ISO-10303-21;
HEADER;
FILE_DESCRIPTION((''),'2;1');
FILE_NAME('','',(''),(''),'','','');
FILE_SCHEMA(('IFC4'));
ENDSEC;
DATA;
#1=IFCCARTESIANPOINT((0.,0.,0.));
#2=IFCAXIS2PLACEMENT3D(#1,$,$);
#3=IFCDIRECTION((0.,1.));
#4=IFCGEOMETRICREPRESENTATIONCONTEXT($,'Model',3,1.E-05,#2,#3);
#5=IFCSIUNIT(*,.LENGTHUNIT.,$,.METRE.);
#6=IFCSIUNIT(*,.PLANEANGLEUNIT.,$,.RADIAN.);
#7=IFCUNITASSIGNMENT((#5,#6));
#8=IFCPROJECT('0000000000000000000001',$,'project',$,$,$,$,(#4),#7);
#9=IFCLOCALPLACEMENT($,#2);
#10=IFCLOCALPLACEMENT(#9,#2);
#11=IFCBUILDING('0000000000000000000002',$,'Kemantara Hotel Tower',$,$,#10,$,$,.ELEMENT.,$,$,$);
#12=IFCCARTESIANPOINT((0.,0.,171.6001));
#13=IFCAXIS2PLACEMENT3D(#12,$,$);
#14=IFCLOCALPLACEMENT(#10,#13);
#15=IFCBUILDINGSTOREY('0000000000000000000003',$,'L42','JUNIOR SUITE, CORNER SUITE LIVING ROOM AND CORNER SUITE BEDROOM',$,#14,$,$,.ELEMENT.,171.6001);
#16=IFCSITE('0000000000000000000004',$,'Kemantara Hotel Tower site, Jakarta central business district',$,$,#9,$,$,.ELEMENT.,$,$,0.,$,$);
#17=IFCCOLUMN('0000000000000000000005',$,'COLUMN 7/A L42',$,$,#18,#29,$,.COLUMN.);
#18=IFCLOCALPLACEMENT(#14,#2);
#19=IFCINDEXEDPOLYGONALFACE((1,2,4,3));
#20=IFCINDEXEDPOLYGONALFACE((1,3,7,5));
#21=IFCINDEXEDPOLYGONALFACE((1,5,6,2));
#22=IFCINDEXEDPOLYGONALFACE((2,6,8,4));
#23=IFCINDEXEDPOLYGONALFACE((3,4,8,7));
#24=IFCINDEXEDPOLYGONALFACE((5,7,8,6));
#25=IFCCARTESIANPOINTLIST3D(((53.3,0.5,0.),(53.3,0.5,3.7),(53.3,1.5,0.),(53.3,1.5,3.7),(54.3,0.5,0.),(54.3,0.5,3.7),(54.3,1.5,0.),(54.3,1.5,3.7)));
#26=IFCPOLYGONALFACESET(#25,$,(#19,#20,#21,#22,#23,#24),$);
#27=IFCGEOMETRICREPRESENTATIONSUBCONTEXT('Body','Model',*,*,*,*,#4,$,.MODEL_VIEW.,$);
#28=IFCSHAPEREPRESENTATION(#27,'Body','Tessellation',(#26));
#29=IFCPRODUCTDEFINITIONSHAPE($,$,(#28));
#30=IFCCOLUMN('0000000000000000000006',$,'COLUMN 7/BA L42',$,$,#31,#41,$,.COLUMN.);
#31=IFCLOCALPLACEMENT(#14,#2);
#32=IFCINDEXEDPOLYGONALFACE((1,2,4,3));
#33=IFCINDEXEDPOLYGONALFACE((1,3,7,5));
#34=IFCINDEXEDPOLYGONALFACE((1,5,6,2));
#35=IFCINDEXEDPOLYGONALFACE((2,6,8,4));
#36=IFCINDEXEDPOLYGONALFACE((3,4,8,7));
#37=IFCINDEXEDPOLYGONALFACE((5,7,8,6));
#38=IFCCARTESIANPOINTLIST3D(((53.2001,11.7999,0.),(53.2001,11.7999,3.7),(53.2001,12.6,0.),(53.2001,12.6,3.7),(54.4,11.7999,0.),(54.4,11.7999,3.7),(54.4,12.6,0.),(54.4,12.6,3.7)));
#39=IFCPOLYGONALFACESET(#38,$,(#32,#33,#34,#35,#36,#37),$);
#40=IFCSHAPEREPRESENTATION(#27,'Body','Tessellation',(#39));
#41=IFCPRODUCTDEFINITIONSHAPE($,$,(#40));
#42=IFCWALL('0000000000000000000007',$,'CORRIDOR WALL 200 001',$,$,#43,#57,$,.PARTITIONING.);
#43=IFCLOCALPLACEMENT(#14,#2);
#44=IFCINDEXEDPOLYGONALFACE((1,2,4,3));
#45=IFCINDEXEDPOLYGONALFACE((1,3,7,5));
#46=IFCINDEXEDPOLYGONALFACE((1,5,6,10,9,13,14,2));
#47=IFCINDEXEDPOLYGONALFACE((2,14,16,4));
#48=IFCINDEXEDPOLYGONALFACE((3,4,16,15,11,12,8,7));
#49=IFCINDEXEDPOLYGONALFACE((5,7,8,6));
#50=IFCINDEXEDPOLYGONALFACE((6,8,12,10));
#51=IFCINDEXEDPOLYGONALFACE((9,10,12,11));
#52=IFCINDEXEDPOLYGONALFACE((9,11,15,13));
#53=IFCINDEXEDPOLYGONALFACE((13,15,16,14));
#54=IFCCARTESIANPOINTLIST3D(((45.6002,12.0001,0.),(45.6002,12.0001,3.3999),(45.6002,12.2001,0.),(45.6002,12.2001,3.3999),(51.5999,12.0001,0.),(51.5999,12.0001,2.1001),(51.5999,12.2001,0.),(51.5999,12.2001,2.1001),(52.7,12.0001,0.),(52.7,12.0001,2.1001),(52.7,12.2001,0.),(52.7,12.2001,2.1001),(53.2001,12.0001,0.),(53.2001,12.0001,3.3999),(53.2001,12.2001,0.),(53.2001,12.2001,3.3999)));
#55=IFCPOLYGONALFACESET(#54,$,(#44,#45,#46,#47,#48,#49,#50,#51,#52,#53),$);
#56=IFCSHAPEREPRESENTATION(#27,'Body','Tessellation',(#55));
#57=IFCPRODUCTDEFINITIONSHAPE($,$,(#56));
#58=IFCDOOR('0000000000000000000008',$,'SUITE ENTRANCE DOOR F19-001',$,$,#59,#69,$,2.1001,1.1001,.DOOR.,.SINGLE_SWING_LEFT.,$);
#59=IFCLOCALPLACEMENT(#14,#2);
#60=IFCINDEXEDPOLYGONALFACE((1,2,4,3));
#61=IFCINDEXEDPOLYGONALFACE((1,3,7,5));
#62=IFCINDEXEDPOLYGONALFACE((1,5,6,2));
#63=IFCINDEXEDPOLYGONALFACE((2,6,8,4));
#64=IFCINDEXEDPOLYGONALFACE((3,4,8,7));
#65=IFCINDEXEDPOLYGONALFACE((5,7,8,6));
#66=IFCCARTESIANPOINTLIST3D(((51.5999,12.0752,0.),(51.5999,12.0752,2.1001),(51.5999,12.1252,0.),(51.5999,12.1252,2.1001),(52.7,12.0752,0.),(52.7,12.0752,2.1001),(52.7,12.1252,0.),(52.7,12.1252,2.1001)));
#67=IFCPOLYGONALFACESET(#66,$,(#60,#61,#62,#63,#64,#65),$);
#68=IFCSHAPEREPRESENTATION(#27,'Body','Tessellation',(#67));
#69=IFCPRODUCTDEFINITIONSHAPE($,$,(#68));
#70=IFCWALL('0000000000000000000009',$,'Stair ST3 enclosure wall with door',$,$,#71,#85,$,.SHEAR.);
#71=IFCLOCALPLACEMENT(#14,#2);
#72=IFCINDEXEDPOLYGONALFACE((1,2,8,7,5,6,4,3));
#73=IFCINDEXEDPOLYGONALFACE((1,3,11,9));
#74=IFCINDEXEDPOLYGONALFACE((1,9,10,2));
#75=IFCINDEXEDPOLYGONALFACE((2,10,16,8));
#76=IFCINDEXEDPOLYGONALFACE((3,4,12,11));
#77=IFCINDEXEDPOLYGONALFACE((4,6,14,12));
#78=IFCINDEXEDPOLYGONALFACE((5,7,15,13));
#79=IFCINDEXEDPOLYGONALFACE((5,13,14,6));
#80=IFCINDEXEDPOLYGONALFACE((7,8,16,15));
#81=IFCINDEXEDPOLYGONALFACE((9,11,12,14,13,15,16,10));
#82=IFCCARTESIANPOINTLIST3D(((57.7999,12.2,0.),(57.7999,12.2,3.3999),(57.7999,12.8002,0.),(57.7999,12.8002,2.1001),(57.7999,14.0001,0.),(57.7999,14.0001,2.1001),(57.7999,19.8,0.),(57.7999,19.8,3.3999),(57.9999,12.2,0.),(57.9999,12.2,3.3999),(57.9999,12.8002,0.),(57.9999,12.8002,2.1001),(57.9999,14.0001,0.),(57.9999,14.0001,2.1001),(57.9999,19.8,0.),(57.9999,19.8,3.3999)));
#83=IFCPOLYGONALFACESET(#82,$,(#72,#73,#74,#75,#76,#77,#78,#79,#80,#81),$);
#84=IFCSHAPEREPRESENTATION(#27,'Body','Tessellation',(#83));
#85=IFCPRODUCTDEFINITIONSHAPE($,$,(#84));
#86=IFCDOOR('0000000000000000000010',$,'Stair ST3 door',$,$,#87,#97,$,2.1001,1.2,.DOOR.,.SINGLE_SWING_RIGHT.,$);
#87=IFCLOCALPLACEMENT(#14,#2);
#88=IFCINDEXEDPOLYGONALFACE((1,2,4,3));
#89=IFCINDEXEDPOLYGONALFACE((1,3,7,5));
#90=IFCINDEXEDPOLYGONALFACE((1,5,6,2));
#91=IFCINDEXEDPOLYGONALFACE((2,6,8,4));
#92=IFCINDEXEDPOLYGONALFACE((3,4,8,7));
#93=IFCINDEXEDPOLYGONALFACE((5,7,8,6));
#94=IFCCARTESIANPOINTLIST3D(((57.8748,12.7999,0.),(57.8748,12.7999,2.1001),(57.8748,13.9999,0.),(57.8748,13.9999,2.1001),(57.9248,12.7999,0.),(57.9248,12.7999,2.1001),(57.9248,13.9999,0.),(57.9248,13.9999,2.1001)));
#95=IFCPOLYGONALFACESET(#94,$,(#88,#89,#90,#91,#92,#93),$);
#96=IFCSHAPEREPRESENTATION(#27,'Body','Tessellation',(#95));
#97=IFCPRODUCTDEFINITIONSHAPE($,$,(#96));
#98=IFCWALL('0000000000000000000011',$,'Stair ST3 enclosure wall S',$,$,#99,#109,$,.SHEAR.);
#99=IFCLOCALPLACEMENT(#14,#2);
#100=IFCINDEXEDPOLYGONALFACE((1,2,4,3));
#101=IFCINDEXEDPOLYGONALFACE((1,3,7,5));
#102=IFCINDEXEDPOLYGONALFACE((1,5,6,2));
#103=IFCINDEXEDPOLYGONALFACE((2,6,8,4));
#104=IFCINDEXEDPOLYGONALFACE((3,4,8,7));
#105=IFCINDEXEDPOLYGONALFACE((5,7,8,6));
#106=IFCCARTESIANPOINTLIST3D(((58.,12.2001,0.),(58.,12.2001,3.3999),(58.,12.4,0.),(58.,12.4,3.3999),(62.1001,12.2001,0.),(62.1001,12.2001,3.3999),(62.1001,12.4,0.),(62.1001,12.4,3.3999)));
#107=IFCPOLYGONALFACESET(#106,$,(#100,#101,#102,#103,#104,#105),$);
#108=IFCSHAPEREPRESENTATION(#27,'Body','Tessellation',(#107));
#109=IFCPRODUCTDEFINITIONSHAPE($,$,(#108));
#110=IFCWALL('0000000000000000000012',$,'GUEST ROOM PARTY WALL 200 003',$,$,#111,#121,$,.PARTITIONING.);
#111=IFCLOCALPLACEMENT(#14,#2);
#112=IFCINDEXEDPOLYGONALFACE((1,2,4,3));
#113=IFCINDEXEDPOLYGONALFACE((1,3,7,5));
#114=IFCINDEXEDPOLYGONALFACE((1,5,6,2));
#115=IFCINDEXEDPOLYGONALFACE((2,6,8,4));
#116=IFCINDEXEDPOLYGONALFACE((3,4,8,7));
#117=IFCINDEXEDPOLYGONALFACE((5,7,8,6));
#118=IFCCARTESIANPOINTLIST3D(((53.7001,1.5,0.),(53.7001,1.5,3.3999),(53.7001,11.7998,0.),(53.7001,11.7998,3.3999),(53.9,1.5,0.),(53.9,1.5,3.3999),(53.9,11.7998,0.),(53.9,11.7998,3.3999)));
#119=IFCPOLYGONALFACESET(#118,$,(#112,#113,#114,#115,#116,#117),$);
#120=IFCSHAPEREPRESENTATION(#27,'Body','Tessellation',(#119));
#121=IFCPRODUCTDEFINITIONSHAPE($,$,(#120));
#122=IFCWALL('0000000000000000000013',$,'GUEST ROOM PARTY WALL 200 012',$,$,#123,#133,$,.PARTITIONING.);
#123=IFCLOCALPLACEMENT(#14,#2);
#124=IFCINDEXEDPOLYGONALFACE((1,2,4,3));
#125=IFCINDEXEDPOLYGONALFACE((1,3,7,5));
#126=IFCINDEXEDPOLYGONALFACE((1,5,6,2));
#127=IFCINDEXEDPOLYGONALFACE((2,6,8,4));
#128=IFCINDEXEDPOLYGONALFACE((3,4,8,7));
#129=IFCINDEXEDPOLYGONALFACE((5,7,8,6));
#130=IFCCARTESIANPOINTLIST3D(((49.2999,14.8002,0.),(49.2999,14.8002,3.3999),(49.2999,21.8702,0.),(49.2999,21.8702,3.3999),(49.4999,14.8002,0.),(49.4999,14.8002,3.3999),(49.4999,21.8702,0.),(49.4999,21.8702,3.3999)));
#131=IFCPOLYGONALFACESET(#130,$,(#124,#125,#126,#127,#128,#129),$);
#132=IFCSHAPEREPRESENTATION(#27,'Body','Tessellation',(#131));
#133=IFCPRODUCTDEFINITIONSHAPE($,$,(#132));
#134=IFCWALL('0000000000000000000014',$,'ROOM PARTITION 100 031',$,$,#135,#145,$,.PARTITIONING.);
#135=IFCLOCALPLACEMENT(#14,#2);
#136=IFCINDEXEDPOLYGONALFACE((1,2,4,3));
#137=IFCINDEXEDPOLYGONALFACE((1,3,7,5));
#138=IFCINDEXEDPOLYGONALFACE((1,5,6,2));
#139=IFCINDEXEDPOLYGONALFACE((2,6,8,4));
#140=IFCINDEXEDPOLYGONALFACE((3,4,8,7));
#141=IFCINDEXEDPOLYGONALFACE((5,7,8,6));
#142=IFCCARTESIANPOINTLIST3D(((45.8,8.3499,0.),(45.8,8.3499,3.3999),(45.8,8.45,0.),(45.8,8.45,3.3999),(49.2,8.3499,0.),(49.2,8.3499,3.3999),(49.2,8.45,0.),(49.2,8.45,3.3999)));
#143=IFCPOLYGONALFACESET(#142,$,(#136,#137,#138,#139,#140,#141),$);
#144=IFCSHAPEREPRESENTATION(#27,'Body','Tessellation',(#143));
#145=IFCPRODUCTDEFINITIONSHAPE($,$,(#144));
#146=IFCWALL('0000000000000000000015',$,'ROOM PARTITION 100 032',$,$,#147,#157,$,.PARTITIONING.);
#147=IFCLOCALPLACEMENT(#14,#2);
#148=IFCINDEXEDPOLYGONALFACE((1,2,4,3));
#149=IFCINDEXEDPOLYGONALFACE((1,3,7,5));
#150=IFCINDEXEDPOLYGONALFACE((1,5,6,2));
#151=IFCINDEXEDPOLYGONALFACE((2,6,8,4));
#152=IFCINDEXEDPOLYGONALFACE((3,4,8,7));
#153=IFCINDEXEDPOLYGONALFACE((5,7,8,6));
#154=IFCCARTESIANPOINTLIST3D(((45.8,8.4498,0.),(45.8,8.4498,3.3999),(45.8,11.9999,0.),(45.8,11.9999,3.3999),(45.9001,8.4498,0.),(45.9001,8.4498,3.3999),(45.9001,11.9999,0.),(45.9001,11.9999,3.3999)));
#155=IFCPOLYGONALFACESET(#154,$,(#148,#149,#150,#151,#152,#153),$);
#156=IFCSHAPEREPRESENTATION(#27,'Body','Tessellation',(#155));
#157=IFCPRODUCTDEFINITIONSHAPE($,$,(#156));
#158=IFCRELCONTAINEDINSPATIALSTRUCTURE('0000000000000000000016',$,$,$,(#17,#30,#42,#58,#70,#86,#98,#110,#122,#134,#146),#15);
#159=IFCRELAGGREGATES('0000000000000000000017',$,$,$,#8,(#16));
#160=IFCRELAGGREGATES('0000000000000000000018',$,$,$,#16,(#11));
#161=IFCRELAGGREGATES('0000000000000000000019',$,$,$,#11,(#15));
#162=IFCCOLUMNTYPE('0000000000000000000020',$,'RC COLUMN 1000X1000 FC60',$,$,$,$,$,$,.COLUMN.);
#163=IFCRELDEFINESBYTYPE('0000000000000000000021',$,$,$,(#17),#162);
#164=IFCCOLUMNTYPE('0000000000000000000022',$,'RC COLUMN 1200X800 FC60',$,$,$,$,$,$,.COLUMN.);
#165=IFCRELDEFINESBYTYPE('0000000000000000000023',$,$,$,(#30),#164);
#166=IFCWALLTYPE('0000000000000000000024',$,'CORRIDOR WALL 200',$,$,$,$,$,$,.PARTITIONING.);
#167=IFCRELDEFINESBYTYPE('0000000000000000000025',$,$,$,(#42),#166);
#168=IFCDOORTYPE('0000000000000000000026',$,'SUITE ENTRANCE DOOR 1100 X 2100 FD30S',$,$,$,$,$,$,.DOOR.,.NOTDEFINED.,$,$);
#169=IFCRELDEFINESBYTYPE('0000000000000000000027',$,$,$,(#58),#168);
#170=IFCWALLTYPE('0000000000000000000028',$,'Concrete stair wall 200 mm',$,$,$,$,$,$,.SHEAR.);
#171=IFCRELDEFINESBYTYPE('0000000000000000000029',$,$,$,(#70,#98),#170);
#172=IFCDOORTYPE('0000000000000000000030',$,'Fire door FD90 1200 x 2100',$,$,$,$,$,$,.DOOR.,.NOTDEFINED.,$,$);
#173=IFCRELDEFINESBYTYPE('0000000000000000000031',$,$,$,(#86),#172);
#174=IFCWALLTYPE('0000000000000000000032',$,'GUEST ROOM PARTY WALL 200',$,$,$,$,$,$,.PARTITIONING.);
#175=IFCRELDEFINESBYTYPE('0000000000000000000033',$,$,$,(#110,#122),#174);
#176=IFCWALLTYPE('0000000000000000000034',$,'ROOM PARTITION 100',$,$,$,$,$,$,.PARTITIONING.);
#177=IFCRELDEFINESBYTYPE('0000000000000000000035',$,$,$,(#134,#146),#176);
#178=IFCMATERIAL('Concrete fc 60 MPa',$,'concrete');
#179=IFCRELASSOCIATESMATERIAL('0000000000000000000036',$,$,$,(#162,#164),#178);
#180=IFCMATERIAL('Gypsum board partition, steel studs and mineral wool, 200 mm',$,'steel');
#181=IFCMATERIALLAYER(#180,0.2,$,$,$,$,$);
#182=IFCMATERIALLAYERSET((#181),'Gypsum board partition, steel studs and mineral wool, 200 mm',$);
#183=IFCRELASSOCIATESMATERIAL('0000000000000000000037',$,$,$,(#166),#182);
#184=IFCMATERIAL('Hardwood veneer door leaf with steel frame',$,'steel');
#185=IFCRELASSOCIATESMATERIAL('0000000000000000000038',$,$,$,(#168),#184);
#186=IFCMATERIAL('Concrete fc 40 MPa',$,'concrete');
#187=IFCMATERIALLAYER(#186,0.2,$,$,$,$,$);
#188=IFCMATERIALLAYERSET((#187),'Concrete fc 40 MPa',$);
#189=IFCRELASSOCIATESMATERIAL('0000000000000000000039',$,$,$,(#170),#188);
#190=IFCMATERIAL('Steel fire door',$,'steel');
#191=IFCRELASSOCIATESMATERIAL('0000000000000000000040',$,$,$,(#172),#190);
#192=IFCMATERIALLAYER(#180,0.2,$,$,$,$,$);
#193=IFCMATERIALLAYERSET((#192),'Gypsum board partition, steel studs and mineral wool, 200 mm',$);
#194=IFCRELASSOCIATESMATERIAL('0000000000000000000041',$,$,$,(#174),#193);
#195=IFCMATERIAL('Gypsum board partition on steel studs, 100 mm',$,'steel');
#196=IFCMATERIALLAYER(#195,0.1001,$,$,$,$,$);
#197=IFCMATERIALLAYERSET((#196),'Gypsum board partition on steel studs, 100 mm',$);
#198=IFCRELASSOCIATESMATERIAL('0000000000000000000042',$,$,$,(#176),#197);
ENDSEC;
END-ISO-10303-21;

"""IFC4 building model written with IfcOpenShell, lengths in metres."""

from ifc_helpers import new_model, si_unit, direction, frame, frame_2d, origin, origin_2d, place, context, subcontext, project, spatial, rectangle, extrude, material, layer, layer_set, material_profile, profile_set, type_object, element, fill, save


model = new_model("IFC4")

# Units and contexts
model_context = context("Model", 3, precision=1e-05, world=origin(), true_north=direction((0.0, 1.0)))
body_context = subcontext(model_context, "Body", "Model", "MODEL_VIEW")
ifc_project = project(units=[si_unit("LENGTHUNIT", "METRE"), si_unit("PLANEANGLEUNIT", "RADIAN")], contexts=[model_context])

# Site, building, storey
site_placement = place(None, origin())
site = spatial("IfcSite", under=ifc_project, at=site_placement, Name="Kemantara Hotel Tower site, Jakarta central business district", CompositionType="ELEMENT", RefElevation=0.0)
building_placement = place(site_placement, origin())
building = spatial("IfcBuilding", under=site, at=building_placement, Name="Kemantara Hotel Tower", CompositionType="ELEMENT")
storey_placement = place(building_placement, frame((0.0, 0.0, 171.6001)))
storey = spatial("IfcBuildingStorey", under=building, at=storey_placement, Name="L42", Description="JUNIOR SUITE, CORNER SUITE LIVING ROOM AND CORNER SUITE BEDROOM", CompositionType="ELEMENT", Elevation=171.6001)

# Columns
ifc_material_1 = material(Name="Concrete fc 60 MPa", Category="concrete")
ifc_material_profile_1 = material_profile(ifc_material_1, rectangle(XDim=1.0, YDim=1.0, at=origin_2d()), Name="RC 1000X1000")
ifc_profile_set_1 = profile_set([ifc_material_profile_1], Name="Concrete fc 60 MPa")
column_type_1 = type_object("IfcColumnType", Name="RC COLUMN 1000X1000 FC60", PredefinedType="COLUMN", material=ifc_profile_set_1)
column_1_placement = place(storey_placement, frame((53.8, 1.0, 0.0), z_axis=(0.0, 0.0, 1.0), x_axis=(1.0, 0.0, 0.0)))
element("IfcColumn", 1, at=column_1_placement, inside=storey, type_object=column_type_1, Name="COLUMN 7/A L42", PredefinedType="COLUMN", context=body_context, shape_type="SweptSolid", body=[
    extrude(rectangle(XDim=1.0, YDim=1.0, at=origin_2d()), origin(), (0.0, 0.0, 1.0), 3.7),
])
ifc_material_profile_2 = material_profile(ifc_material_1, rectangle(XDim=1.2, YDim=0.8, at=origin_2d()), Name="RC 1200X800")
ifc_profile_set_2 = profile_set([ifc_material_profile_2], Name="Concrete fc 60 MPa")
column_type_2 = type_object("IfcColumnType", Name="RC COLUMN 1200X800 FC60", PredefinedType="COLUMN", material=ifc_profile_set_2)
column_2_placement = place(storey_placement, frame((53.8, 12.2, 0.0), z_axis=(0.0, 0.0, 1.0), x_axis=(1.0, 0.0, 0.0)))
element("IfcColumn", 2, at=column_2_placement, inside=storey, type_object=column_type_2, Name="COLUMN 7/BA L42", PredefinedType="COLUMN", context=body_context, shape_type="SweptSolid", body=[
    extrude(rectangle(XDim=1.2, YDim=0.8, at=origin_2d()), origin(), (0.0, 0.0, 1.0), 3.7),
])

# Walls, openings, doors
ifc_material_2 = material(Name="Gypsum board partition, steel studs and mineral wool, 200 mm", Category="steel")
ifc_layer_1 = layer(ifc_material_2, 0.2)
ifc_layer_set_1 = layer_set([ifc_layer_1], Name="Gypsum board partition, steel studs and mineral wool, 200 mm")
wall_type_1 = type_object("IfcWallType", Name="CORRIDOR WALL 200", PredefinedType="PARTITIONING", material=ifc_layer_set_1)
wall_1_placement = place(storey_placement, frame((53.2, 12.1001, 0.0), z_axis=(0.0, 0.0, 1.0), x_axis=(-1.0, 0.0, 0.0)))
wall_1 = element("IfcWall", 3, at=wall_1_placement, inside=storey, type_object=wall_type_1, Name="CORRIDOR WALL 200 001", PredefinedType="PARTITIONING", context=body_context, shape_type="SweptSolid", body=[
    extrude(rectangle(XDim=7.5999, YDim=0.2, at=frame_2d((3.7998, 0.0))), origin(), (0.0, 0.0, 1.0), 3.3999),
])
opening_1_placement = place(wall_1_placement, frame((0.5, 0.0, 0.0)))
opening_1 = element("IfcOpeningElement", 4, at=opening_1_placement, cuts=wall_1, PredefinedType="OPENING", context=body_context, shape_type="SweptSolid", body=[
    extrude(rectangle(XDim=1.1001, YDim=2.1001, at=frame_2d((0.55, 1.05))), frame((0.0, 0.1099, 0.0), z_axis=(0.0, -1.0, 0.0), x_axis=(1.0, 0.0, 0.0)), (0.0, 0.0, 1.0), 0.22),
])
ifc_material_3 = material(Name="Hardwood veneer door leaf with steel frame", Category="steel")
door_type_1 = type_object("IfcDoorType", Name="SUITE ENTRANCE DOOR 1100 X 2100 FD30S", OperationType="NOTDEFINED", PredefinedType="DOOR", material=ifc_material_3)
door_1_placement = place(opening_1_placement, origin())
door_1 = element("IfcDoor", 5, at=door_1_placement, inside=storey, type_object=door_type_1, Name="SUITE ENTRANCE DOOR F19-001", OperationType="SINGLE_SWING_LEFT", OverallHeight=2.1001, OverallWidth=1.1001, PredefinedType="DOOR", context=body_context, shape_type="SweptSolid", body=[
    extrude(rectangle(XDim=1.1001, YDim=2.1001, at=frame_2d((0.55, 1.05))), frame((0.0, 0.0249, 0.0), z_axis=(0.0, -1.0, 0.0), x_axis=(1.0, 0.0, 0.0)), (0.0, 0.0, 1.0), 0.05),
])
fill(opening_1, door_1)
ifc_material_4 = material(Name="Concrete fc 40 MPa", Category="concrete")
ifc_layer_2 = layer(ifc_material_4, 0.2)
ifc_layer_set_2 = layer_set([ifc_layer_2], Name="Concrete fc 40 MPa")
wall_type_2 = type_object("IfcWallType", Name="Concrete stair wall 200 mm", PredefinedType="SHEAR", material=ifc_layer_set_2)
wall_2_placement = place(storey_placement, frame((57.8999, 12.2, 0.0), z_axis=(0.0, 0.0, 1.0), x_axis=(0.0, 1.0, 0.0)))
wall_2 = element("IfcWall", 6, at=wall_2_placement, inside=storey, type_object=wall_type_2, Name="Stair ST3 enclosure wall with door", PredefinedType="SHEAR", context=body_context, shape_type="SweptSolid", body=[
    extrude(rectangle(XDim=7.6001, YDim=0.2, at=frame_2d((3.8, 0.0))), origin(), (0.0, 0.0, 1.0), 3.3999),
])
opening_2_placement = place(wall_2_placement, frame((0.6001, 0.0, 0.0)))
opening_2 = element("IfcOpeningElement", 7, at=opening_2_placement, cuts=wall_2, PredefinedType="OPENING", context=body_context, shape_type="SweptSolid", body=[
    extrude(rectangle(XDim=1.2, YDim=2.1001, at=frame_2d((0.6001, 1.05))), frame((0.0, 0.1099, 0.0), z_axis=(0.0, -1.0, 0.0), x_axis=(1.0, 0.0, 0.0)), (0.0, 0.0, 1.0), 0.22),
])
ifc_material_5 = material(Name="Steel fire door", Category="steel")
door_type_2 = type_object("IfcDoorType", Name="Fire door FD90 1200 x 2100", OperationType="NOTDEFINED", PredefinedType="DOOR", material=ifc_material_5)
door_2_placement = place(opening_2_placement, frame((1.2, 0.0, 0.0), z_axis=(0.0, 0.0, 1.0), x_axis=(-1.0, 0.0, 0.0)))
door_2 = element("IfcDoor", 8, at=door_2_placement, inside=storey, type_object=door_type_2, Name="Stair ST3 door", OperationType="SINGLE_SWING_RIGHT", OverallHeight=2.1001, OverallWidth=1.2, PredefinedType="DOOR", context=body_context, shape_type="SweptSolid", body=[
    extrude(rectangle(XDim=1.2, YDim=2.1001, at=frame_2d((0.6001, 1.05))), frame((0.0, 0.0249, 0.0), z_axis=(0.0, -1.0, 0.0), x_axis=(1.0, 0.0, 0.0)), (0.0, 0.0, 1.0), 0.05),
])
fill(opening_2, door_2)

# Walls
wall_3_placement = place(storey_placement, frame((58.0, 12.3, 0.0), z_axis=(0.0, 0.0, 1.0), x_axis=(1.0, 0.0, 0.0)))
element("IfcWall", 9, at=wall_3_placement, inside=storey, type_object=wall_type_2, Name="Stair ST3 enclosure wall S", PredefinedType="SHEAR", context=body_context, shape_type="SweptSolid", body=[
    extrude(rectangle(XDim=4.1001, YDim=0.2, at=frame_2d((2.05, 0.0))), origin(), (0.0, 0.0, 1.0), 3.3999),
])
ifc_layer_3 = layer(ifc_material_2, 0.2)
ifc_layer_set_3 = layer_set([ifc_layer_3], Name="Gypsum board partition, steel studs and mineral wool, 200 mm")
wall_type_3 = type_object("IfcWallType", Name="GUEST ROOM PARTY WALL 200", PredefinedType="PARTITIONING", material=ifc_layer_set_3)
wall_4_placement = place(storey_placement, frame((53.8, 1.5, 0.0), z_axis=(0.0, 0.0, 1.0), x_axis=(0.0, 1.0, 0.0)))
element("IfcWall", 10, at=wall_4_placement, inside=storey, type_object=wall_type_3, Name="GUEST ROOM PARTY WALL 200 003", PredefinedType="PARTITIONING", context=body_context, shape_type="SweptSolid", body=[
    extrude(rectangle(XDim=10.2998, YDim=0.2, at=frame_2d((5.1499, 0.0))), origin(), (0.0, 0.0, 1.0), 3.3999),
])
wall_5_placement = place(storey_placement, frame((49.3999, 14.8, 0.0), z_axis=(0.0, 0.0, 1.0), x_axis=(0.0, 1.0, 0.0)))
element("IfcWall", 11, at=wall_5_placement, inside=storey, type_object=wall_type_3, Name="GUEST ROOM PARTY WALL 200 012", PredefinedType="PARTITIONING", context=body_context, shape_type="SweptSolid", body=[
    extrude(rectangle(XDim=7.0701, YDim=0.2, at=frame_2d((3.5352, 0.0))), origin(), (0.0, 0.0, 1.0), 3.3999),
])
ifc_material_6 = material(Name="Gypsum board partition on steel studs, 100 mm", Category="steel")
ifc_layer_4 = layer(ifc_material_6, 0.1001)
ifc_layer_set_4 = layer_set([ifc_layer_4], Name="Gypsum board partition on steel studs, 100 mm")
wall_type_4 = type_object("IfcWallType", Name="ROOM PARTITION 100", PredefinedType="PARTITIONING", material=ifc_layer_set_4)
wall_6_placement = place(storey_placement, frame((45.8, 8.3999, 0.0), z_axis=(0.0, 0.0, 1.0), x_axis=(1.0, 0.0, 0.0)))
element("IfcWall", 12, at=wall_6_placement, inside=storey, type_object=wall_type_4, Name="ROOM PARTITION 100 031", PredefinedType="PARTITIONING", context=body_context, shape_type="SweptSolid", body=[
    extrude(rectangle(XDim=3.3999, YDim=0.1001, at=frame_2d((1.7, 0.0))), origin(), (0.0, 0.0, 1.0), 3.3999),
])
wall_7_placement = place(storey_placement, frame((45.8501, 8.45, 0.0), z_axis=(0.0, 0.0, 1.0), x_axis=(0.0, 1.0, 0.0)))
element("IfcWall", 13, at=wall_7_placement, inside=storey, type_object=wall_type_4, Name="ROOM PARTITION 100 032", PredefinedType="PARTITIONING", context=body_context, shape_type="SweptSolid", body=[
    extrude(rectangle(XDim=3.55, YDim=0.1001, at=frame_2d((1.7749, 0.0))), origin(), (0.0, 0.0, 1.0), 3.3999),
])

save(model, "model.ifc")
